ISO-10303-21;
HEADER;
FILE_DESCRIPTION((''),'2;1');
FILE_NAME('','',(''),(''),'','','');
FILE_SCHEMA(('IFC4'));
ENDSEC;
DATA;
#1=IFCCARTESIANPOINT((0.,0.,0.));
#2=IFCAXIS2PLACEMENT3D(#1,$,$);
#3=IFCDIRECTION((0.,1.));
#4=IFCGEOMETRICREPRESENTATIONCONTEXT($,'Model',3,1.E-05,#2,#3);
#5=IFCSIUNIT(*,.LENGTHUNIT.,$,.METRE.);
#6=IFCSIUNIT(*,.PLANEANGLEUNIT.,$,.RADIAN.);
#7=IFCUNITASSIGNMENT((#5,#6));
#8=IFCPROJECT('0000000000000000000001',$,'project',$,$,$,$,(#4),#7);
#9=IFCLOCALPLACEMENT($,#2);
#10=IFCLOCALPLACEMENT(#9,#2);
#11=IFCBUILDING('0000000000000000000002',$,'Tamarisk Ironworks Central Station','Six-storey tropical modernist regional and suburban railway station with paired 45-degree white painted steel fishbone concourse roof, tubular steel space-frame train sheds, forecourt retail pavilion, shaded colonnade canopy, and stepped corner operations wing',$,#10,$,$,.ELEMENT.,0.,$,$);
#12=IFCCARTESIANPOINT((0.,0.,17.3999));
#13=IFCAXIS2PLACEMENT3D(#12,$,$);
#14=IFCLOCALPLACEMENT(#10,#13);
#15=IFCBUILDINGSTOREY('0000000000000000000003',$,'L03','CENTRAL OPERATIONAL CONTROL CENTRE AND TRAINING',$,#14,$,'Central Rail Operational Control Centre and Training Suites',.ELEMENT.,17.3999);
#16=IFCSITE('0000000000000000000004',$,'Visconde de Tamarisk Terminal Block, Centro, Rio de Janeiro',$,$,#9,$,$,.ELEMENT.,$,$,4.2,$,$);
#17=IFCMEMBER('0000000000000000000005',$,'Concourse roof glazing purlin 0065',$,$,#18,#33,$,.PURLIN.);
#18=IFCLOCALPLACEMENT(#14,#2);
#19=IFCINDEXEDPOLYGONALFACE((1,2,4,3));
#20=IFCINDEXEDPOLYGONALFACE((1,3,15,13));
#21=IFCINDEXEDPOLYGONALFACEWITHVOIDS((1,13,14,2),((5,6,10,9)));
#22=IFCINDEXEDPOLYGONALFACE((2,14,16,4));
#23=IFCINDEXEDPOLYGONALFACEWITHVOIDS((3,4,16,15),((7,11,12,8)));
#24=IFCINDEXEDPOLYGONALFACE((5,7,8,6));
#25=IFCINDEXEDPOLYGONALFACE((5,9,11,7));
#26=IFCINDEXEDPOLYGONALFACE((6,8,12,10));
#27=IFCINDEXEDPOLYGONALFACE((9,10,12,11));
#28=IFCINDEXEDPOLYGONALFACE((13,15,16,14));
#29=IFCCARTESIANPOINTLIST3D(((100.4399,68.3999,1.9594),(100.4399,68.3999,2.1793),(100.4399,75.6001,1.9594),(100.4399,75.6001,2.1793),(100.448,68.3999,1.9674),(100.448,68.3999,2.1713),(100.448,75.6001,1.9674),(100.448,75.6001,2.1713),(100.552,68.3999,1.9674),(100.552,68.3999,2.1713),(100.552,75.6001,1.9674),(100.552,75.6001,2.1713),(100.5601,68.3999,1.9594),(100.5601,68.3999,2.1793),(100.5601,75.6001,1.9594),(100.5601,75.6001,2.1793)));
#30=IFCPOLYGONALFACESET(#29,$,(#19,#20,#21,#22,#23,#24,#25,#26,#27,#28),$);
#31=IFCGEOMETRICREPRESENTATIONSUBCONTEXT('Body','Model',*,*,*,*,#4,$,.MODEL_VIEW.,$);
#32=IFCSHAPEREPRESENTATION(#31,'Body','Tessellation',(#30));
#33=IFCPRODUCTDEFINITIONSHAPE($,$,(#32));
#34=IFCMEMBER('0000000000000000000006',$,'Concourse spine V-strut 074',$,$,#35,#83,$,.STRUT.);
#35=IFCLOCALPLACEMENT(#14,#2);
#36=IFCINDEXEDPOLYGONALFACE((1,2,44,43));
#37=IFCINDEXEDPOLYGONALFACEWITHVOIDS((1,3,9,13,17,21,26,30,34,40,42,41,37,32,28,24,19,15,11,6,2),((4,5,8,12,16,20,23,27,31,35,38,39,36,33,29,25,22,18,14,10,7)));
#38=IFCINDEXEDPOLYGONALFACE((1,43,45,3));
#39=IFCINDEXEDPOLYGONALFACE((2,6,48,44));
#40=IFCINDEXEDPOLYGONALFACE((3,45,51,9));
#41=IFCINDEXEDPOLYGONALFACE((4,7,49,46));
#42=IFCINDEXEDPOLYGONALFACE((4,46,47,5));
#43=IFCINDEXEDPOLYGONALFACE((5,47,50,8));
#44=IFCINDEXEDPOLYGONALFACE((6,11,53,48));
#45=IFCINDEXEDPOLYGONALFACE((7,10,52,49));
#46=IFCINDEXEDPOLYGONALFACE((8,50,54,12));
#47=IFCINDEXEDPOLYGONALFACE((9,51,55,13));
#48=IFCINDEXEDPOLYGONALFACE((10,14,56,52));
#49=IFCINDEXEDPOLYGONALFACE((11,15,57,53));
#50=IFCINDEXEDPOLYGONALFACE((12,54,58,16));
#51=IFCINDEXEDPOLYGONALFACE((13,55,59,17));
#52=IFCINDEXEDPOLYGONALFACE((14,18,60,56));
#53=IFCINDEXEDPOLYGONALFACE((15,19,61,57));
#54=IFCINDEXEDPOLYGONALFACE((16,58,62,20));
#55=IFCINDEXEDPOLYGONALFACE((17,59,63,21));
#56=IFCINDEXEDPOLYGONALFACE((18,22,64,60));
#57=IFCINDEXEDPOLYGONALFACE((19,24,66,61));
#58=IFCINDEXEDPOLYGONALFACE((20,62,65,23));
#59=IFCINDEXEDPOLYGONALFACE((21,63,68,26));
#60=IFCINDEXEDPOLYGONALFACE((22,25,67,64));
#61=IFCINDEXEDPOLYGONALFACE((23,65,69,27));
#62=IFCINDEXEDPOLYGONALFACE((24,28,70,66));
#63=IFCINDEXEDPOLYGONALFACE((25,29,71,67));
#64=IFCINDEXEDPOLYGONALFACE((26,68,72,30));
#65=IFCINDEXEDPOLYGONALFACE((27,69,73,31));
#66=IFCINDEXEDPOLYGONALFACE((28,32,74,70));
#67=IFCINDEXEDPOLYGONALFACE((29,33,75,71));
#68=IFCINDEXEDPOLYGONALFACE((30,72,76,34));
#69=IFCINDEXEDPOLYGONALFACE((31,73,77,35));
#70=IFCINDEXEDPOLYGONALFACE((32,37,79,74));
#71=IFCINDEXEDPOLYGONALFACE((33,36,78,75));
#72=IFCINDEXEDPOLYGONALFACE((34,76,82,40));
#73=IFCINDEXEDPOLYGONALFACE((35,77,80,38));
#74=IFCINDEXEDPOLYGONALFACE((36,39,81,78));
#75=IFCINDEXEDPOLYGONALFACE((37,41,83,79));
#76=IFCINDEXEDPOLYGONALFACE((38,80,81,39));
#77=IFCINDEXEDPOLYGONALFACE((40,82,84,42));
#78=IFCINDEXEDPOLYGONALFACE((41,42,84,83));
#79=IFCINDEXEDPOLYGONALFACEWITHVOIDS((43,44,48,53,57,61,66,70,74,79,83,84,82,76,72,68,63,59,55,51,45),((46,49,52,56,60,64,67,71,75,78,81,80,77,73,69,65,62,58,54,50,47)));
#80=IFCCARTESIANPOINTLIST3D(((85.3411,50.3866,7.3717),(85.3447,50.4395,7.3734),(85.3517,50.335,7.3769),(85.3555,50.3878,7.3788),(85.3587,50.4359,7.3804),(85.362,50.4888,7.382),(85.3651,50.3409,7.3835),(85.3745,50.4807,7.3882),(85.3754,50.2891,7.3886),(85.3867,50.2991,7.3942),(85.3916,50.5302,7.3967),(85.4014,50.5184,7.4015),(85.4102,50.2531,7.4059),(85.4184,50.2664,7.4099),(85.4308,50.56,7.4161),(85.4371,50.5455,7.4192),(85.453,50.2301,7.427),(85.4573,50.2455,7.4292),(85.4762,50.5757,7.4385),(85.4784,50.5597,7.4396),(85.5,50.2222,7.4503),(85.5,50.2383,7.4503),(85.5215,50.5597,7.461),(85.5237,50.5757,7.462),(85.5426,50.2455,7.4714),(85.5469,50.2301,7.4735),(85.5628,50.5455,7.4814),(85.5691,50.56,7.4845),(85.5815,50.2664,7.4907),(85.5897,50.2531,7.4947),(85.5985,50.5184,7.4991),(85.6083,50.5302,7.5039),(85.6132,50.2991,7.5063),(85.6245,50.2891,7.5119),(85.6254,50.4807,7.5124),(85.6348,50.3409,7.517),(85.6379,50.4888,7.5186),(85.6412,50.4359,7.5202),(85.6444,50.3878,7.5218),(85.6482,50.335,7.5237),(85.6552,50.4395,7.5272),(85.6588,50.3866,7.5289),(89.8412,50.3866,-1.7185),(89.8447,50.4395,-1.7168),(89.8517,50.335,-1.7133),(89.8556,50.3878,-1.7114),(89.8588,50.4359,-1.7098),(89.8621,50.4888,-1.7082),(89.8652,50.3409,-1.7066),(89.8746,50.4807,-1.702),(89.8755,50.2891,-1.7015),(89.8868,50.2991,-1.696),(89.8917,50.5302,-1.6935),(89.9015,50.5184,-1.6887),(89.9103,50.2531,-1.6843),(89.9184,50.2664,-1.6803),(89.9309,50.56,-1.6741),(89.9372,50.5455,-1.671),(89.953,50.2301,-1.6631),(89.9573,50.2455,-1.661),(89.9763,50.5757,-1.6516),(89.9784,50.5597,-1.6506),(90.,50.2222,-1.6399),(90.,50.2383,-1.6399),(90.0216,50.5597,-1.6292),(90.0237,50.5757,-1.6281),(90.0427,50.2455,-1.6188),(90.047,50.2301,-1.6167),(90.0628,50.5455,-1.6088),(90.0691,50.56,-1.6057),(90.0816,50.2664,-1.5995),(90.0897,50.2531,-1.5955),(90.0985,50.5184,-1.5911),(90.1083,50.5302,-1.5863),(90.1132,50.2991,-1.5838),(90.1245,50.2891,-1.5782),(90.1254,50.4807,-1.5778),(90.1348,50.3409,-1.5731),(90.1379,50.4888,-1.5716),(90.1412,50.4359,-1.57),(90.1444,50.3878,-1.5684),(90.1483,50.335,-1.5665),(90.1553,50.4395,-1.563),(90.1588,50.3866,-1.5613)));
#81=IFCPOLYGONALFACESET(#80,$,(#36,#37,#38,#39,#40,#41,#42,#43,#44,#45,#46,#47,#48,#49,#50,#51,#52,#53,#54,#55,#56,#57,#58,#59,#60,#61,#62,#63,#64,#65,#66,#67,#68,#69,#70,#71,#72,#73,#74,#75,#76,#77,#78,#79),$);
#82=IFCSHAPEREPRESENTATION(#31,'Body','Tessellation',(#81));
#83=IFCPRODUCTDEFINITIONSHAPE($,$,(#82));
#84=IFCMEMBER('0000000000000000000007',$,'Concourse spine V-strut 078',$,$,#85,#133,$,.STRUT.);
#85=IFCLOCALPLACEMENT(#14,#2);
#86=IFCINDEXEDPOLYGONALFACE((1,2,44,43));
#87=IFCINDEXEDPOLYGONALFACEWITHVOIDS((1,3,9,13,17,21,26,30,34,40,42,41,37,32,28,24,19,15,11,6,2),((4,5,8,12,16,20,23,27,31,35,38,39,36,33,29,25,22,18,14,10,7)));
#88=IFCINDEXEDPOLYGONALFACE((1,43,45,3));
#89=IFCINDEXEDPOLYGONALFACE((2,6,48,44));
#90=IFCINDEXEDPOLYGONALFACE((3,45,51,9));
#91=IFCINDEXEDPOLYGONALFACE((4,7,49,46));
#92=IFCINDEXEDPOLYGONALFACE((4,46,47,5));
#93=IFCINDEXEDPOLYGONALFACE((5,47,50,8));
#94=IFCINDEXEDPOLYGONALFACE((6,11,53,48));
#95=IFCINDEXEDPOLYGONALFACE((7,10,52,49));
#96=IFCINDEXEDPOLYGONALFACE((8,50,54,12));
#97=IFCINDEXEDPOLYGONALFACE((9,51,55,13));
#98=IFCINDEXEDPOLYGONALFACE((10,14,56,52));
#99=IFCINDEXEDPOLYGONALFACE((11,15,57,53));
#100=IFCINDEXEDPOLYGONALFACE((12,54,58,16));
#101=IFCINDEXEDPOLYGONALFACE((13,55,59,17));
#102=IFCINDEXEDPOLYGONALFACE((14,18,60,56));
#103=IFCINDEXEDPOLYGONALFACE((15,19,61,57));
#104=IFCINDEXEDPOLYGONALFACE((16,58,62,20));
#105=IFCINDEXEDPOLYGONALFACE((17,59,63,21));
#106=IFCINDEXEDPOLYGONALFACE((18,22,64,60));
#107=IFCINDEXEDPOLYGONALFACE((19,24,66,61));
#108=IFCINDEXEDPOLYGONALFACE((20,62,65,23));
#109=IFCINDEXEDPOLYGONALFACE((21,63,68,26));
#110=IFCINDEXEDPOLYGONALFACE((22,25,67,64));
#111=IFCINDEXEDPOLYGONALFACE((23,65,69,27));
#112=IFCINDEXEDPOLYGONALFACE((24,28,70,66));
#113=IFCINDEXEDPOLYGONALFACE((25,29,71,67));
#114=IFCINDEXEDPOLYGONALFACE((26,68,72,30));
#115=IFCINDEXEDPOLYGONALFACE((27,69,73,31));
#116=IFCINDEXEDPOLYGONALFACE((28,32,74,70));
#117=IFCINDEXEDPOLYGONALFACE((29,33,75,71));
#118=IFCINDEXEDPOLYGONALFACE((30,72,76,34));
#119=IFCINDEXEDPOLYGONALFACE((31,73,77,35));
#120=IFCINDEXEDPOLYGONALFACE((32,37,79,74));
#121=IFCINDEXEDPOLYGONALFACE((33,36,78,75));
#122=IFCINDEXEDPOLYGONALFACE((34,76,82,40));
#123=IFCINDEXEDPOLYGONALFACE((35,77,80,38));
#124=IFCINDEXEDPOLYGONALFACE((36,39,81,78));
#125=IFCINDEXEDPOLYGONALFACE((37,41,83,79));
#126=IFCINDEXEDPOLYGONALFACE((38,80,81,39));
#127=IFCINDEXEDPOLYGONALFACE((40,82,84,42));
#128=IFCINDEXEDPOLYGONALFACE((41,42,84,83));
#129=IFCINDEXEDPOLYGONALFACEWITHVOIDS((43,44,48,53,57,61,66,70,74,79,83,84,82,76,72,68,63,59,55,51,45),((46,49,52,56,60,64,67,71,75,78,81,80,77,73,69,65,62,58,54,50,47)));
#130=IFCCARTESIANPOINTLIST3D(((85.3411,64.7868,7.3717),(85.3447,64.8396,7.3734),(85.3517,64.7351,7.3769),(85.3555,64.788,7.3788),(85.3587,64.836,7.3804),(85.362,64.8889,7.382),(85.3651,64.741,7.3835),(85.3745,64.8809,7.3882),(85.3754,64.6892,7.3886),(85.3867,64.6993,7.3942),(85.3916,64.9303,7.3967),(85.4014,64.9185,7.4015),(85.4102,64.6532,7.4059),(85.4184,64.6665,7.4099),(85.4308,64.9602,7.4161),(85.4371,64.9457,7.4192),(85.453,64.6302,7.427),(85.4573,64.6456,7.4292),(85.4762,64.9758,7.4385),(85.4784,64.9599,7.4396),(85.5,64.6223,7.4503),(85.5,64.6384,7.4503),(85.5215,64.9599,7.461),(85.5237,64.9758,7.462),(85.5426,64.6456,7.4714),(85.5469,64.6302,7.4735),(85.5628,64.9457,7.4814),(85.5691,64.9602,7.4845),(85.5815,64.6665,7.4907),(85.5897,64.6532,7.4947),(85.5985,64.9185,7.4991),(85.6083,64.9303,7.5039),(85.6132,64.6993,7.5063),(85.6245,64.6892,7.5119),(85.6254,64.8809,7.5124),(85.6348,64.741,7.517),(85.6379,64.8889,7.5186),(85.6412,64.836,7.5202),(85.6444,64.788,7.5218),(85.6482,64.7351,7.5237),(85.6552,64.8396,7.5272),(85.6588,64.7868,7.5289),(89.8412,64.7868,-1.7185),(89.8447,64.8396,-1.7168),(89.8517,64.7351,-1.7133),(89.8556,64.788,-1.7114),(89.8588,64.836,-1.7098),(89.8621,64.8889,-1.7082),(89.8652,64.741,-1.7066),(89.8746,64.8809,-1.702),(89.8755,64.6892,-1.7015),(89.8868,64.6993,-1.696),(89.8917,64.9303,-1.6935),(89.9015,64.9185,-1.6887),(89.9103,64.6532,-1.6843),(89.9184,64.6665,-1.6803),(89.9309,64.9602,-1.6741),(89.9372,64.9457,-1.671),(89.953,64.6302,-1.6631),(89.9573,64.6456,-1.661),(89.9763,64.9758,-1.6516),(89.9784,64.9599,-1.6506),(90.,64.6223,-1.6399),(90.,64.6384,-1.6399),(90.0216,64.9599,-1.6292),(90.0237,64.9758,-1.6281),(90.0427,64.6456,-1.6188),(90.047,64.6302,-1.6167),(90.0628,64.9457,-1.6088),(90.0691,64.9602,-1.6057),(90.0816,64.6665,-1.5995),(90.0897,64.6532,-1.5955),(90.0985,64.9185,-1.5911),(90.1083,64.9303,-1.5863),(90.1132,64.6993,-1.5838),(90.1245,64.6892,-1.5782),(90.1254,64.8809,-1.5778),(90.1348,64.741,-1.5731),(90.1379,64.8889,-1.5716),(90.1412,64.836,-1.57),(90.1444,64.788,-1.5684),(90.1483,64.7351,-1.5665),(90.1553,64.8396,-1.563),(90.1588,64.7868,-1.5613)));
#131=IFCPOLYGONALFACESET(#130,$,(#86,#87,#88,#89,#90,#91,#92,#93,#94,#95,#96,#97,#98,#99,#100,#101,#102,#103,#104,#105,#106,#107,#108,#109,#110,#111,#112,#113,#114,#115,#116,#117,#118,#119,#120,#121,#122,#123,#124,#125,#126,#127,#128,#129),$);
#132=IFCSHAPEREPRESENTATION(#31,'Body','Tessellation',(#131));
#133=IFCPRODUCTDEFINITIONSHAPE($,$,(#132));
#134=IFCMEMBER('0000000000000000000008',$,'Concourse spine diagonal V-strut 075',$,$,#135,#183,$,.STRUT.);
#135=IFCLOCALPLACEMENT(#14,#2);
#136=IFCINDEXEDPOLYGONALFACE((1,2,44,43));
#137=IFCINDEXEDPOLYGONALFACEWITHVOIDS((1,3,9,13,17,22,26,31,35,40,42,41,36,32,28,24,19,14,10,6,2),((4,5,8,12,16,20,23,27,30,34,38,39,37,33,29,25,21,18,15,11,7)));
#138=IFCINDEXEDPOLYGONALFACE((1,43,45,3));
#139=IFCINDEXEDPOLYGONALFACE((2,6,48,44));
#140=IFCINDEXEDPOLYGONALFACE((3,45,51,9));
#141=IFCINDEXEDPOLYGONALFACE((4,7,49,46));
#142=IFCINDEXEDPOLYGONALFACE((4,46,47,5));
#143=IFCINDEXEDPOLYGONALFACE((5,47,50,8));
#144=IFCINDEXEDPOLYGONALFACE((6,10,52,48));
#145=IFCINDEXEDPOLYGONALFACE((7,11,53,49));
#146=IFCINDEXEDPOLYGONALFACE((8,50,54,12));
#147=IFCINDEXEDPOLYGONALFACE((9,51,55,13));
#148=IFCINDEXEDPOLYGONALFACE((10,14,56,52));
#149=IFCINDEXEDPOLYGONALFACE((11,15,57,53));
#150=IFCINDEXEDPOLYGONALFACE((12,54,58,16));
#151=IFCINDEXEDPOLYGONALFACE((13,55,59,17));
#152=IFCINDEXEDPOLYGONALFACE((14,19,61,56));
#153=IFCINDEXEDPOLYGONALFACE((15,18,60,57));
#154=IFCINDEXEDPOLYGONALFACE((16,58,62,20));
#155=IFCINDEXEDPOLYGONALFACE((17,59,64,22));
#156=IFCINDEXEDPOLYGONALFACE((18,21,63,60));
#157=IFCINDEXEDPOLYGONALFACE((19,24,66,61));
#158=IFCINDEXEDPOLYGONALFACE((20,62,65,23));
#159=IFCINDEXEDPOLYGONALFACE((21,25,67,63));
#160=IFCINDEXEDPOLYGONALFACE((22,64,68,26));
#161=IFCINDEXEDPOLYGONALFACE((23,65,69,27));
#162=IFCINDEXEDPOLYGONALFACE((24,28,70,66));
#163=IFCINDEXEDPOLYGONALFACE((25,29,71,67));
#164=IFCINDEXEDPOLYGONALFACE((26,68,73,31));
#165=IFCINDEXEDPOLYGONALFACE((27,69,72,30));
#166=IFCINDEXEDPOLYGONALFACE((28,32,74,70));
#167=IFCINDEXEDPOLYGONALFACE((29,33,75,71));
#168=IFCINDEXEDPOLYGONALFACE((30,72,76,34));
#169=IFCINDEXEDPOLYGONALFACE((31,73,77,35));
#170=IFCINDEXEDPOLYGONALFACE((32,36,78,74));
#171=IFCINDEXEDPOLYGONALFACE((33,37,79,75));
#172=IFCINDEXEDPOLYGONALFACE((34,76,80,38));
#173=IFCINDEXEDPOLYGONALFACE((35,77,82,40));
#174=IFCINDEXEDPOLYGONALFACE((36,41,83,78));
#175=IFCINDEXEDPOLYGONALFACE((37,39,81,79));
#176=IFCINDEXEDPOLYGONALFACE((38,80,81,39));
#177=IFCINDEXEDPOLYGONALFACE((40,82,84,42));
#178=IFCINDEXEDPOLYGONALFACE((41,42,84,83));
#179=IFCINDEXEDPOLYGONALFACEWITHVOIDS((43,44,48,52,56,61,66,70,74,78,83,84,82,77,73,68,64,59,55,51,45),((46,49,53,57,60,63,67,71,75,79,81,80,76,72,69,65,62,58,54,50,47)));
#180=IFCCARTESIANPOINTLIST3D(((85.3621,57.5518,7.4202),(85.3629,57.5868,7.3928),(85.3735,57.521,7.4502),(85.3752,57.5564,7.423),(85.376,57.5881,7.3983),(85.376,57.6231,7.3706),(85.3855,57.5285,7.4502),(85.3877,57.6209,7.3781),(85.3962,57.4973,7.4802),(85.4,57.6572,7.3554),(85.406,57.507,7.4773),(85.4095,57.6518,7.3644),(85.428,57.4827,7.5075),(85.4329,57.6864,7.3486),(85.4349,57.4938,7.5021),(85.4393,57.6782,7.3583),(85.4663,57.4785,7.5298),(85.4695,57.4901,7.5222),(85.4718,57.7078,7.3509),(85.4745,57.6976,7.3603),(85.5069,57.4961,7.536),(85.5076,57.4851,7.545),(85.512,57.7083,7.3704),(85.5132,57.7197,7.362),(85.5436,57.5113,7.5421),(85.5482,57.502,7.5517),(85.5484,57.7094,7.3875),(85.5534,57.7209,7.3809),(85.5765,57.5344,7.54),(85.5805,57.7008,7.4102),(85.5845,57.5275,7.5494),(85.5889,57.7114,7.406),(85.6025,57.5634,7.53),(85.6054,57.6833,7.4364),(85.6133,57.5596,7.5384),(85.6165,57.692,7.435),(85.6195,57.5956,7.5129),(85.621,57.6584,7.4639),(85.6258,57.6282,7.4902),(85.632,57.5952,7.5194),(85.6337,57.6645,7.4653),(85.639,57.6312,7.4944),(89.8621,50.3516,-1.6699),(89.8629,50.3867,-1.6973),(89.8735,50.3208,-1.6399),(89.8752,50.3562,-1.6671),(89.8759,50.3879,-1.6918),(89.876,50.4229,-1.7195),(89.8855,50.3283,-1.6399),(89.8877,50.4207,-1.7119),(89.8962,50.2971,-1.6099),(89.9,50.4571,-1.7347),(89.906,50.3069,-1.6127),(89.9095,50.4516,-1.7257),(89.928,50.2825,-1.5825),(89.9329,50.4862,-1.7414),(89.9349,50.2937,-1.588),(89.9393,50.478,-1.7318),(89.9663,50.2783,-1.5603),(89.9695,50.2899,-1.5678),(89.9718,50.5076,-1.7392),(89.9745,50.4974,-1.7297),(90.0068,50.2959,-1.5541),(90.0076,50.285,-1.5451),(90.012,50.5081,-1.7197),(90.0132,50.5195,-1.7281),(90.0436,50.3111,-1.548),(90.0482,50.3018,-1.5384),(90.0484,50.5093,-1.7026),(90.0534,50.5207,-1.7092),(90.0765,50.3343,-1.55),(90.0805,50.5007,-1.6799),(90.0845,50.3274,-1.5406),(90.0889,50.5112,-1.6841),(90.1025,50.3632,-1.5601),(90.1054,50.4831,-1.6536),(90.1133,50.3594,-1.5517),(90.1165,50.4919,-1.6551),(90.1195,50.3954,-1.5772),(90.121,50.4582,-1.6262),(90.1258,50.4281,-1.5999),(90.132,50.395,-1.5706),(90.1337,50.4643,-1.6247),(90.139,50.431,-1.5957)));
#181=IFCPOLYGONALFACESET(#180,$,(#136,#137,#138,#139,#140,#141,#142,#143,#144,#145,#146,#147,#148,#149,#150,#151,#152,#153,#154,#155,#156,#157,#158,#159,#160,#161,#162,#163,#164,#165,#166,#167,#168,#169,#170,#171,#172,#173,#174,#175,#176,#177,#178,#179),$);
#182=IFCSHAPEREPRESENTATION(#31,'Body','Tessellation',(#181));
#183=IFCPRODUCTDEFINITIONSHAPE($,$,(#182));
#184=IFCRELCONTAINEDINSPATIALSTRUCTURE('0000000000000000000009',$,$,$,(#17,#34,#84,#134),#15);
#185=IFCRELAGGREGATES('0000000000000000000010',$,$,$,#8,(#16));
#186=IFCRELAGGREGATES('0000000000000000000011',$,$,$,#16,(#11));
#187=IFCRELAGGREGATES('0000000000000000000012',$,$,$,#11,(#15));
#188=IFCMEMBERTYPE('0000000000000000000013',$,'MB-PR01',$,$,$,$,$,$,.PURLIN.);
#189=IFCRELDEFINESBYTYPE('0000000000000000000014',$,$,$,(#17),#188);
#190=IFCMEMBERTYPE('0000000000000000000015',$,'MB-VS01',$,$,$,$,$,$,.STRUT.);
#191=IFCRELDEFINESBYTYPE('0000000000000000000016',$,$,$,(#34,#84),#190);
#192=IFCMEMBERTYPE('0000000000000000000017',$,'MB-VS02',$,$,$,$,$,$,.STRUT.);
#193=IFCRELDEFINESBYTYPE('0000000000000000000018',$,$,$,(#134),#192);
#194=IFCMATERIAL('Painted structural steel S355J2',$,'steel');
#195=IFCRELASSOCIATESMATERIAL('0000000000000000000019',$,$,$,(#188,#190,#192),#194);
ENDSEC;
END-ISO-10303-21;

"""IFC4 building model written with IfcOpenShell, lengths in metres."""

from ifc_helpers import new_model, si_unit, direction, frame, origin, origin_2d, place, context, subcontext, project, spatial, hollow_rectangle, hollow_circle, extrude, material, material_profile, profile_set, type_object, element, save


model = new_model("IFC4")

# Units and contexts
model_context = context("Model", 3, precision=1e-05, world=origin(), true_north=direction((0.0, 1.0)))
body_context = subcontext(model_context, "Body", "Model", "MODEL_VIEW")
ifc_project = project(units=[si_unit("LENGTHUNIT", "METRE"), si_unit("PLANEANGLEUNIT", "RADIAN")], contexts=[model_context])

# Site, building, storey
site_placement = place(None, origin())
site = spatial("IfcSite", under=ifc_project, at=site_placement, Name="Visconde de Tamarisk Terminal Block, Centro, Rio de Janeiro", CompositionType="ELEMENT", RefElevation=4.2)
building_placement = place(site_placement, origin())
building = spatial("IfcBuilding", under=site, at=building_placement, Name="Tamarisk Ironworks Central Station", Description="Six-storey tropical modernist regional and suburban railway station with paired 45-degree white painted steel fishbone concourse roof, tubular steel space-frame train sheds, forecourt retail pavilion, shaded colonnade canopy, and stepped corner operations wing", CompositionType="ELEMENT", ElevationOfRefHeight=0.0)
storey_placement = place(building_placement, frame((0.0, 0.0, 17.3999)))
storey = spatial("IfcBuildingStorey", under=building, at=storey_placement, Name="L03", Description="CENTRAL OPERATIONAL CONTROL CENTRE AND TRAINING", LongName="Central Rail Operational Control Centre and Training Suites", CompositionType="ELEMENT", Elevation=17.3999)

# Shared definitions
ifc_material_1 = material(Name="Painted structural steel S355J2", Category="steel")

# Members
ifc_material_profile_1 = material_profile(ifc_material_1, hollow_rectangle(XDim=0.1201, YDim=0.22, WallThickness=0.0081, at=origin_2d()), Name="RHS 220x120x8")
ifc_profile_set_1 = profile_set([ifc_material_profile_1], Name="Painted structural steel S355J2")
member_type_1 = type_object("IfcMemberType", Name="MB-PR01", PredefinedType="PURLIN", material=ifc_profile_set_1)
member_1_placement = place(storey_placement, frame((100.5, 68.3999, 2.0693), z_axis=(0.0, 1.0, 0.0), x_axis=(-1.0, 0.0, 0.0)))
element("IfcMember", 1, at=member_1_placement, inside=storey, type_object=member_type_1, Name="Concourse roof glazing purlin 0065", PredefinedType="PURLIN", context=body_context, shape_type="SweptSolid", body=[
    extrude(hollow_rectangle(XDim=0.1201, YDim=0.22, WallThickness=0.0081, at=origin_2d()), origin(), (0.0, 0.0, 1.0), 7.2002),
])
ifc_material_profile_2 = material_profile(ifc_material_1, hollow_circle(Radius=0.1777, WallThickness=0.0161, at=origin_2d()), Name="CHS 355.6x16")
ifc_profile_set_2 = profile_set([ifc_material_profile_2], Name="Painted structural steel S355J2")
member_type_2 = type_object("IfcMemberType", Name="MB-VS01", PredefinedType="STRUT", material=ifc_profile_set_2)
for number, where, z_axis, x_axis, name in (
    (2, (90.0, 50.3999, -1.6399), (-0.443657, 0.0, 0.896196), (0.0, -1.0, 0.0), "Concourse spine V-strut 074"),
    (3, (90.0, 64.8, -1.6399), (-0.443657, 0.0, 0.896196), (0.0, -1.0, 0.0), "Concourse spine V-strut 078"),
):
    element("IfcMember", number, at=place(storey_placement, frame(where, z_axis=z_axis, x_axis=x_axis)), inside=storey, type_object=member_type_2, Name=name, PredefinedType="STRUT", context=body_context, shape_type="SweptSolid", body=[
        extrude(hollow_circle(Radius=0.1777, WallThickness=0.0161, at=origin_2d()), origin(), (0.0, 0.0, 1.0), 10.1431),
    ])
ifc_material_profile_3 = material_profile(ifc_material_1, hollow_circle(Radius=0.1492, WallThickness=0.0142, at=origin_2d()), Name="CHS 298.5x14.2")
ifc_profile_set_3 = profile_set([ifc_material_profile_3], Name="Painted structural steel S355J2")
member_type_3 = type_object("IfcMemberType", Name="MB-VS02", PredefinedType="STRUT", material=ifc_profile_set_3)
for number, where, z_axis, x_axis, name in (
    (4, (90.0, 50.3999, -1.6399), (-0.361773, 0.578852, 0.730788), (-0.848005, -0.529989, 0.0), "Concourse spine diagonal V-strut 075"),
):
    element("IfcMember", number, at=place(storey_placement, frame(where, z_axis=z_axis, x_axis=x_axis)), inside=storey, type_object=member_type_3, Name=name, PredefinedType="STRUT", context=body_context, shape_type="SweptSolid", body=[
        extrude(hollow_circle(Radius=0.1492, WallThickness=0.0142, at=origin_2d()), origin(), (0.0, 0.0, 1.0), 12.4387),
    ])

save(model, "model.ifc")
